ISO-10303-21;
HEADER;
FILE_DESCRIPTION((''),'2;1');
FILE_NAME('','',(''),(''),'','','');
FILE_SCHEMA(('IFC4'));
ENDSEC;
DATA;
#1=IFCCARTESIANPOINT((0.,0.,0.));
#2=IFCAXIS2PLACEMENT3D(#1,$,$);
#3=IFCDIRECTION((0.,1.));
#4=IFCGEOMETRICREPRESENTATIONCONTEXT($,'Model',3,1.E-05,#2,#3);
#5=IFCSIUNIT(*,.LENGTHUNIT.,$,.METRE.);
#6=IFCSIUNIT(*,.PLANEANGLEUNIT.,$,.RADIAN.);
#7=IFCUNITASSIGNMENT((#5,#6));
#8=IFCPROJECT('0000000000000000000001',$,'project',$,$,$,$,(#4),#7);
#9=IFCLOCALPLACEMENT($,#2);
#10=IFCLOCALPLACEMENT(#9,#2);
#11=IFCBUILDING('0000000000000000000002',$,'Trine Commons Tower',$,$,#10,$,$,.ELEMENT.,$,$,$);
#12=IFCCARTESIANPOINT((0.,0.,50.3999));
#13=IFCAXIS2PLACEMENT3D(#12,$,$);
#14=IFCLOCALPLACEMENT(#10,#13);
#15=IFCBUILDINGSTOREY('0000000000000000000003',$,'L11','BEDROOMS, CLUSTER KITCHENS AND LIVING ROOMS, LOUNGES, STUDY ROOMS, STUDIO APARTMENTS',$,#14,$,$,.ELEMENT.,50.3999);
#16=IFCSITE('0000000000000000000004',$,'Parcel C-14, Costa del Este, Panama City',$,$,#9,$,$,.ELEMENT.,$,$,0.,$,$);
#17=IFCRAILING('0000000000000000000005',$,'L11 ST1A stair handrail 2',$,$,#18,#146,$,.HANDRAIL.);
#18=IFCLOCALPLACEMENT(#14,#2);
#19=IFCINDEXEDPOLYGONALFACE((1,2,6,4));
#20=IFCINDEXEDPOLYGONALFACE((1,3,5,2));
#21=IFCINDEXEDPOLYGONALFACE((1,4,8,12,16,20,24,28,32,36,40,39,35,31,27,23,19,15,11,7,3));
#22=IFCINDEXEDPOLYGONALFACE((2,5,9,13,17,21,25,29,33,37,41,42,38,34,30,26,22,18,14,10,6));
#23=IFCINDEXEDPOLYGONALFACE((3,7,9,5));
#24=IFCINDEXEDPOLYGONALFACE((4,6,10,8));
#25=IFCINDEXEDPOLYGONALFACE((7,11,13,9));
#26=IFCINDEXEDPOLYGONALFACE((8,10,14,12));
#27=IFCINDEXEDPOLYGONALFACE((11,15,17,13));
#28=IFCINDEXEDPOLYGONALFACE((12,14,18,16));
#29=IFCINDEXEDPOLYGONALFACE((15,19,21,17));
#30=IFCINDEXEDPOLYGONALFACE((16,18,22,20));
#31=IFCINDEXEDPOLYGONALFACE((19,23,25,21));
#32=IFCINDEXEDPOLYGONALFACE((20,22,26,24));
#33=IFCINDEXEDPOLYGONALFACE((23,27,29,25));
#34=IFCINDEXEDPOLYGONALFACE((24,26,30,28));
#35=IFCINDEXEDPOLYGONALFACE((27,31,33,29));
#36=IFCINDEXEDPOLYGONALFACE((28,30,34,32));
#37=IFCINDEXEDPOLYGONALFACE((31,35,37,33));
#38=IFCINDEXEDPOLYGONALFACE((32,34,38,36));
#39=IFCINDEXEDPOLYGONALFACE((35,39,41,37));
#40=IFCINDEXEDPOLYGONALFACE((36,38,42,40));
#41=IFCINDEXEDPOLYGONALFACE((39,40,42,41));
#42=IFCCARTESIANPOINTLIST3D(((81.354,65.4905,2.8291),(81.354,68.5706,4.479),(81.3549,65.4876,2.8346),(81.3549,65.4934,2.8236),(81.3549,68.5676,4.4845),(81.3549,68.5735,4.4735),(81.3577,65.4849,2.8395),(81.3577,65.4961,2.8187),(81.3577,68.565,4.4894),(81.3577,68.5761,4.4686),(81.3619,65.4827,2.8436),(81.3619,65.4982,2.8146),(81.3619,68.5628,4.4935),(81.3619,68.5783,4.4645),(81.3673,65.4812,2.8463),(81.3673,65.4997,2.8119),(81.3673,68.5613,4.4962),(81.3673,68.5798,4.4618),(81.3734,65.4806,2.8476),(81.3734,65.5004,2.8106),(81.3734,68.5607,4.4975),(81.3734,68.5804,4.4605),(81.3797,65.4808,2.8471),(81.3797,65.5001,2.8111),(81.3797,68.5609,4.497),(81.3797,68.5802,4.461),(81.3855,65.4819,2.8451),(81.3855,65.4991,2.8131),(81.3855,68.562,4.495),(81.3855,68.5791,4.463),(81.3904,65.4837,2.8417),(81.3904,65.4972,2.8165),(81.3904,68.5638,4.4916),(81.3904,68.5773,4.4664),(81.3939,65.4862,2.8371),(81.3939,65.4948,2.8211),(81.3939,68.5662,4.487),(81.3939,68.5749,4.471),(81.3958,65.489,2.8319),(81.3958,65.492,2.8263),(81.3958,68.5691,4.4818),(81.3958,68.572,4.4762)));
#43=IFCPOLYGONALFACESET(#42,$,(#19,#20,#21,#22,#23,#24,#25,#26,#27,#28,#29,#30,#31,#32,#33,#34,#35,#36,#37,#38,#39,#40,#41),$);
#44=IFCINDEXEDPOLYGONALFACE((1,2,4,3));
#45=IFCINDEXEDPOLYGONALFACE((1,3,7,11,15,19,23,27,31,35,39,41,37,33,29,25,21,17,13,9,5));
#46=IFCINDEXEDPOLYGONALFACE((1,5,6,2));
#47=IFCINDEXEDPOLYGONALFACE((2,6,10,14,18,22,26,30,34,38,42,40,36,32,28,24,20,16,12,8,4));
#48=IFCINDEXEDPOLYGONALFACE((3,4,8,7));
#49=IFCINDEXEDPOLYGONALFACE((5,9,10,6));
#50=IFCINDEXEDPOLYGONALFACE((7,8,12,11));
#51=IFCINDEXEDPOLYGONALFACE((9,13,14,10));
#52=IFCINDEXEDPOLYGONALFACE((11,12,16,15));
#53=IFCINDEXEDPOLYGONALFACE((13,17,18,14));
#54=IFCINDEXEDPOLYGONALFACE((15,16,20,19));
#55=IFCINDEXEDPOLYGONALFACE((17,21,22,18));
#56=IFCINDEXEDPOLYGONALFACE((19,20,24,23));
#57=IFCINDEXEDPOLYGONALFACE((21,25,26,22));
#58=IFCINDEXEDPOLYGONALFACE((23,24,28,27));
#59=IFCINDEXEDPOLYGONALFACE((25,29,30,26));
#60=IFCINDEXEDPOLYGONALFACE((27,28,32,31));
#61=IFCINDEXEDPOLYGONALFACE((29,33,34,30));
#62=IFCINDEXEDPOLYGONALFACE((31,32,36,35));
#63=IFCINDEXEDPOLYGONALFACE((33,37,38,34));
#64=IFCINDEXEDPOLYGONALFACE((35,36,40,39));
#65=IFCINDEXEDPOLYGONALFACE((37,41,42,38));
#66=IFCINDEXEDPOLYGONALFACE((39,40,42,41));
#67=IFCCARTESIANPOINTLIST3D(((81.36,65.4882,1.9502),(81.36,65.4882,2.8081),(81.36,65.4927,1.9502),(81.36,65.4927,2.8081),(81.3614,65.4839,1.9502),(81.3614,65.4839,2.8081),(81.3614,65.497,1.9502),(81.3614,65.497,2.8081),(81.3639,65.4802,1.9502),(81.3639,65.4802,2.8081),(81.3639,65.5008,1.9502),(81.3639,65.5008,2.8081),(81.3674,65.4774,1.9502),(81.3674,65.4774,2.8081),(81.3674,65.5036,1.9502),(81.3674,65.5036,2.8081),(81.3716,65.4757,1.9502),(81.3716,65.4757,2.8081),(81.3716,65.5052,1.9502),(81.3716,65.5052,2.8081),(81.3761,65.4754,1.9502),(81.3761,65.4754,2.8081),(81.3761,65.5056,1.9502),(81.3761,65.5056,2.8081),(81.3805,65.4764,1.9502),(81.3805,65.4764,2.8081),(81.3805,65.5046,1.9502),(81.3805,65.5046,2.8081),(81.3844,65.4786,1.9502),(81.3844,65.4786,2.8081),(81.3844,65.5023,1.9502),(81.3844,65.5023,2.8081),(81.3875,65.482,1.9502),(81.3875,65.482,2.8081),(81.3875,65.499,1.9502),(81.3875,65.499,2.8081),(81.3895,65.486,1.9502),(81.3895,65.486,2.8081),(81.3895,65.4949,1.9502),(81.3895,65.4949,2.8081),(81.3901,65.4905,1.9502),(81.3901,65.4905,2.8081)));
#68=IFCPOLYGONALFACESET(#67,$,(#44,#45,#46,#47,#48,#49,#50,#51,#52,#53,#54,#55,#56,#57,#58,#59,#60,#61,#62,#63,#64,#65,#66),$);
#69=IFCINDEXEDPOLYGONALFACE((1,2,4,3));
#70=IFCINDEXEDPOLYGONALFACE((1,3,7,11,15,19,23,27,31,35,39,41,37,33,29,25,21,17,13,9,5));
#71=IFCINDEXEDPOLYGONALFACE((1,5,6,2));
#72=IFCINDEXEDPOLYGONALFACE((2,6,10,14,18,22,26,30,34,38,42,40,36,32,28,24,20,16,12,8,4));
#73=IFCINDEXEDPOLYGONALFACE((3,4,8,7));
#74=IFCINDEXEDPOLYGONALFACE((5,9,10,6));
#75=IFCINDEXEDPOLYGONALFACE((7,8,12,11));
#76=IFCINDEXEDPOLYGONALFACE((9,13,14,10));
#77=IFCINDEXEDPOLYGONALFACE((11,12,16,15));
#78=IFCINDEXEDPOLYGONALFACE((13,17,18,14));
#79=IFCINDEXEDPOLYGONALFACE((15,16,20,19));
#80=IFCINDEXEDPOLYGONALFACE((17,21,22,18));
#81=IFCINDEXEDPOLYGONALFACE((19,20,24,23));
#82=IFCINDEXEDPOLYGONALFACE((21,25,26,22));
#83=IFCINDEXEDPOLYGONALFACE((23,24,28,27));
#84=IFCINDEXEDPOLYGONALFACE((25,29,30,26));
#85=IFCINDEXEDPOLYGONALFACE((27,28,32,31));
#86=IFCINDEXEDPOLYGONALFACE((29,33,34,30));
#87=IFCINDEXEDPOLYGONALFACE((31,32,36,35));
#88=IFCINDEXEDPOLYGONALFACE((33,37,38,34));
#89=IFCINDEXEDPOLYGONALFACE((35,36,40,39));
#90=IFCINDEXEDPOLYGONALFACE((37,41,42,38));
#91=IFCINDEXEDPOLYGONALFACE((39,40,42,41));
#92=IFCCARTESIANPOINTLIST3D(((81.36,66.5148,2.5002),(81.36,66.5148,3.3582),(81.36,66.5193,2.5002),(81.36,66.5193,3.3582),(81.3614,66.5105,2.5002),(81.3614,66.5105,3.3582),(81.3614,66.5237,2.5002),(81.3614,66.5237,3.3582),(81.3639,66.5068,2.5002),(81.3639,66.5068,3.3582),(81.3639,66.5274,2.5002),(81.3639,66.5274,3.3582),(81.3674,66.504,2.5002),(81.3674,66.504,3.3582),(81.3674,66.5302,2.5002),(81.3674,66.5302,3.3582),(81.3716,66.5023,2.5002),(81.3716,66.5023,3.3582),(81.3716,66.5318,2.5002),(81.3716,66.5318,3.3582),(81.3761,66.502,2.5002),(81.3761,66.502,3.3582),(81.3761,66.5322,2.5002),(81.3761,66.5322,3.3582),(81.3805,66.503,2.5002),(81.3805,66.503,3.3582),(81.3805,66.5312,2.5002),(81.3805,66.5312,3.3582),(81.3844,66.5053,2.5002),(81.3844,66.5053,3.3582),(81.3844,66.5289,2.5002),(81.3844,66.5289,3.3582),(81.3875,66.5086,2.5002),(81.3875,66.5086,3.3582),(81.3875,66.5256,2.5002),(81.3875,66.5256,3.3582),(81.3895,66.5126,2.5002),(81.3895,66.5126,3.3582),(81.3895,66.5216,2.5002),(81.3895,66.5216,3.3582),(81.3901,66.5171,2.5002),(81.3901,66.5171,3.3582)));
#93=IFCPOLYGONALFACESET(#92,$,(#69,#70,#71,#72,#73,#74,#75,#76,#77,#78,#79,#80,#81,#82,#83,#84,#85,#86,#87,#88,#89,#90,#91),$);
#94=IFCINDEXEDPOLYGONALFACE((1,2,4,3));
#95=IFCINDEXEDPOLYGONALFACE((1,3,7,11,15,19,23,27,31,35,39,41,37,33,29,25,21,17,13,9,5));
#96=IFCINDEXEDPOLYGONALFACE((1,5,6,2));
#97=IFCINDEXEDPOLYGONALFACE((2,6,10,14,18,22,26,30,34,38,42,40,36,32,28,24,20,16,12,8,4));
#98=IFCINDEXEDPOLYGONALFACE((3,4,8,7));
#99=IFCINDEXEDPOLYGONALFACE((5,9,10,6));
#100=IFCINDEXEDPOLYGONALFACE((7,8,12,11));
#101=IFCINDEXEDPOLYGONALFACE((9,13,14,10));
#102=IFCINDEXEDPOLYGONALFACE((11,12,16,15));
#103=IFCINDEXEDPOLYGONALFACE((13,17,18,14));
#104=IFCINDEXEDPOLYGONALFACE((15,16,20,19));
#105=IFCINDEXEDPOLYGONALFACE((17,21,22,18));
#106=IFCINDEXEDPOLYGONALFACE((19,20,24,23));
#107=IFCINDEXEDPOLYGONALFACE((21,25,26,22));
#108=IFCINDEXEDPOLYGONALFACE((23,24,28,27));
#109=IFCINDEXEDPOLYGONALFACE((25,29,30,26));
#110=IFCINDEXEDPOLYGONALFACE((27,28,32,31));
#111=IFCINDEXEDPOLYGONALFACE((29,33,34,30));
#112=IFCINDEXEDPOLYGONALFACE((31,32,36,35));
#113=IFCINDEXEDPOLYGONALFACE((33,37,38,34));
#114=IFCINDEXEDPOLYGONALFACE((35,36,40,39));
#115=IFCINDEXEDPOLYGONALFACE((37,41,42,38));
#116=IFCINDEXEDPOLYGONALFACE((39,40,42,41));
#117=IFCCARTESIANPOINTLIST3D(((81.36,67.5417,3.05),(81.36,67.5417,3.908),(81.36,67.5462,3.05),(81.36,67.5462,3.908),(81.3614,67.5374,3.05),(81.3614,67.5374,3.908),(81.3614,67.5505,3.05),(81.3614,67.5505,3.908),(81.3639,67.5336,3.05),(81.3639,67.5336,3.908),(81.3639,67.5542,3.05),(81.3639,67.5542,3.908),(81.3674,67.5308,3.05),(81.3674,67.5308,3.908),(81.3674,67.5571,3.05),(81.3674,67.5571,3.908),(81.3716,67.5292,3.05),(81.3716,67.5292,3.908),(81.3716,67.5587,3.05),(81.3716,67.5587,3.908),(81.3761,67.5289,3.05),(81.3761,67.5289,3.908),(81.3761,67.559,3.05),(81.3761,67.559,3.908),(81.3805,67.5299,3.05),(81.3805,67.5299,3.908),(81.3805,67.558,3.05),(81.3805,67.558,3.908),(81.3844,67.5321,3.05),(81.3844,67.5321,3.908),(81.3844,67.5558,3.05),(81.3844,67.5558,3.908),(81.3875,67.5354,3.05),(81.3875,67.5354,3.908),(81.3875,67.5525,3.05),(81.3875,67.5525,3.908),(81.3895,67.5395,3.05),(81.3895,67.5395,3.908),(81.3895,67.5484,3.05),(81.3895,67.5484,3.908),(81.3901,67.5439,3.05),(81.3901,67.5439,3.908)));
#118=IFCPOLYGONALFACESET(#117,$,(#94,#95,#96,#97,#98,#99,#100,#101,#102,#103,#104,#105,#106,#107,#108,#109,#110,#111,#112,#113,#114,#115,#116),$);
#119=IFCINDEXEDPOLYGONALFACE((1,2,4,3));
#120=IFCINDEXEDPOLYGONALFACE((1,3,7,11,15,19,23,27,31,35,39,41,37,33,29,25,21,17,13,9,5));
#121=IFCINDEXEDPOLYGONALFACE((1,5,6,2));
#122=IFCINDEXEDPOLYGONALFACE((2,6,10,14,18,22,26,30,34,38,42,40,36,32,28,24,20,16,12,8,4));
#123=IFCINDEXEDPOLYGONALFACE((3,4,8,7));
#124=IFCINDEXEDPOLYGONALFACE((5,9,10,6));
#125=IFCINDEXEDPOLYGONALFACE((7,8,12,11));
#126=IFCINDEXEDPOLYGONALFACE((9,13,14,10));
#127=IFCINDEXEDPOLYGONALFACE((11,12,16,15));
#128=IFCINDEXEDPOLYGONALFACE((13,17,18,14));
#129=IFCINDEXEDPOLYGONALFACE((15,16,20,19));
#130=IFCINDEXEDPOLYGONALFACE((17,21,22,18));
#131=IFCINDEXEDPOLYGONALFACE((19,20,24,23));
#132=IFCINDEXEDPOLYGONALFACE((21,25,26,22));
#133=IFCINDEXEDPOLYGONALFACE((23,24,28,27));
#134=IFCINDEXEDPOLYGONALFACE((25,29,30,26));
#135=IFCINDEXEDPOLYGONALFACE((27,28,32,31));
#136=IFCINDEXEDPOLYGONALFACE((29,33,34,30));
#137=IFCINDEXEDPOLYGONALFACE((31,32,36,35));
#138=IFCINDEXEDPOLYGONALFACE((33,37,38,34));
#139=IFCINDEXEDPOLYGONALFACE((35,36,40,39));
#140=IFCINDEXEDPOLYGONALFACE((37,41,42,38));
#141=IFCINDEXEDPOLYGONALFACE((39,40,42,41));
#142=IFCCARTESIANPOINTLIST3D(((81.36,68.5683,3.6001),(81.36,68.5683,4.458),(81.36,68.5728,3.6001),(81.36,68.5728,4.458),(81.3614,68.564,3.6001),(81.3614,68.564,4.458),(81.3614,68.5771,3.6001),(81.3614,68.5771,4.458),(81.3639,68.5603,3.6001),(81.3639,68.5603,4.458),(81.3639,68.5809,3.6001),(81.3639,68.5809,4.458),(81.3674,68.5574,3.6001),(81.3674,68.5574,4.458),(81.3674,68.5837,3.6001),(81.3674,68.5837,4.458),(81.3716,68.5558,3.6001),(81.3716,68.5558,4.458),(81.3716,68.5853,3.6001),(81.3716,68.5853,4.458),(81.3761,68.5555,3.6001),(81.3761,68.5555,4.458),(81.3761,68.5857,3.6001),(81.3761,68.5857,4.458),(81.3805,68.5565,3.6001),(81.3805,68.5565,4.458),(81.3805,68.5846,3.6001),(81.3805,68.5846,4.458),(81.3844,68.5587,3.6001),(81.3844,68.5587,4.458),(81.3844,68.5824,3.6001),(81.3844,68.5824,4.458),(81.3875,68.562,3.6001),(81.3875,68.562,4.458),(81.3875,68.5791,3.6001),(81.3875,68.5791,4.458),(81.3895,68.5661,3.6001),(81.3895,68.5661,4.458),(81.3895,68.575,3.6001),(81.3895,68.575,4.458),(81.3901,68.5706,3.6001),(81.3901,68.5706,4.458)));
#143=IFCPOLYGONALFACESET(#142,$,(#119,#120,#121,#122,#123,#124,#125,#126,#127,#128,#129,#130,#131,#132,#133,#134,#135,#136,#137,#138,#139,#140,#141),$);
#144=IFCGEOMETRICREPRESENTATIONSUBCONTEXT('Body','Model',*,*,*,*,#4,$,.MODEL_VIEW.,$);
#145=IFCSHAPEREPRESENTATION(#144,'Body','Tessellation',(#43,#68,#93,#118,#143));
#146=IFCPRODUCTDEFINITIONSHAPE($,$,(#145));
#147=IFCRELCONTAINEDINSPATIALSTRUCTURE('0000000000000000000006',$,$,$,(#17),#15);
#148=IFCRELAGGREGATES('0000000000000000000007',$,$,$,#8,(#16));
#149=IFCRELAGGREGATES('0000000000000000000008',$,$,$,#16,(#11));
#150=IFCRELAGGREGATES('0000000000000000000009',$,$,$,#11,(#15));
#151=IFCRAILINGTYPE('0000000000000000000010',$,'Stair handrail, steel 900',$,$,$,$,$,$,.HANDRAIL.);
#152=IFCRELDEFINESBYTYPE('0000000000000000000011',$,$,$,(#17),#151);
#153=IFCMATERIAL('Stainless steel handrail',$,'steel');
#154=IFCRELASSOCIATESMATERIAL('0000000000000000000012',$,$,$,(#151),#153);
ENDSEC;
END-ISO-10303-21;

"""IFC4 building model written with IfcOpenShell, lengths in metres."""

from ifc_helpers import new_model, si_unit, direction, frame, origin, origin_2d, place, context, subcontext, project, spatial, circle, extrude, material, type_object, element, save


model = new_model("IFC4")

# Units and contexts
model_context = context("Model", 3, precision=1e-05, world=origin(), true_north=direction((0.0, 1.0)))
body_context = subcontext(model_context, "Body", "Model", "MODEL_VIEW")
ifc_project = project(units=[si_unit("LENGTHUNIT", "METRE"), si_unit("PLANEANGLEUNIT", "RADIAN")], contexts=[model_context])

# Site, building, storey
site_placement = place(None, origin())
site = spatial("IfcSite", under=ifc_project, at=site_placement, Name="Parcel C-14, Costa del Este, Panama City", CompositionType="ELEMENT", RefElevation=0.0)
building_placement = place(site_placement, origin())
building = spatial("IfcBuilding", under=site, at=building_placement, Name="Trine Commons Tower", CompositionType="ELEMENT")
storey_placement = place(building_placement, frame((0.0, 0.0, 50.3999)))
storey = spatial("IfcBuildingStorey", under=building, at=storey_placement, Name="L11", Description="BEDROOMS, CLUSTER KITCHENS AND LIVING ROOMS, LOUNGES, STUDY ROOMS, STUDIO APARTMENTS", CompositionType="ELEMENT", Elevation=50.3999)

# Railing
ifc_material_1 = material(Name="Stainless steel handrail", Category="steel")
railing_type_1 = type_object("IfcRailingType", Name="Stair handrail, steel 900", PredefinedType="HANDRAIL", material=ifc_material_1)
railing_1_placement = place(storey_placement, frame((81.375, 65.4905, 1.9502)))
element("IfcRailing", 1, at=railing_1_placement, inside=storey, type_object=railing_type_1, Name="L11 ST1A stair handrail 2", PredefinedType="HANDRAIL", context=body_context, shape_type="SweptSolid", body=[
    extrude(circle(Radius=0.021, at=origin_2d()), frame((0.0, 0.0, 0.8789), z_axis=(0.0, 0.881497, 0.47219), x_axis=(-1.0, 0.0, 0.0)), (0.0, 0.0, 1.0), 3.4941),
    extrude(circle(Radius=0.0151, at=origin_2d()), origin(), (0.0, 0.0, 1.0), 0.8579),
    extrude(circle(Radius=0.0151, at=origin_2d()), frame((0.0, 1.0266, 0.55)), (0.0, 0.0, 1.0), 0.8579),
    extrude(circle(Radius=0.0151, at=origin_2d()), frame((0.0, 2.0535, 1.0999)), (0.0, 0.0, 1.0), 0.8579),
    extrude(circle(Radius=0.0151, at=origin_2d()), frame((0.0, 3.0801, 1.6499)), (0.0, 0.0, 1.0), 0.8579),
])

save(model, "model.ifc")
